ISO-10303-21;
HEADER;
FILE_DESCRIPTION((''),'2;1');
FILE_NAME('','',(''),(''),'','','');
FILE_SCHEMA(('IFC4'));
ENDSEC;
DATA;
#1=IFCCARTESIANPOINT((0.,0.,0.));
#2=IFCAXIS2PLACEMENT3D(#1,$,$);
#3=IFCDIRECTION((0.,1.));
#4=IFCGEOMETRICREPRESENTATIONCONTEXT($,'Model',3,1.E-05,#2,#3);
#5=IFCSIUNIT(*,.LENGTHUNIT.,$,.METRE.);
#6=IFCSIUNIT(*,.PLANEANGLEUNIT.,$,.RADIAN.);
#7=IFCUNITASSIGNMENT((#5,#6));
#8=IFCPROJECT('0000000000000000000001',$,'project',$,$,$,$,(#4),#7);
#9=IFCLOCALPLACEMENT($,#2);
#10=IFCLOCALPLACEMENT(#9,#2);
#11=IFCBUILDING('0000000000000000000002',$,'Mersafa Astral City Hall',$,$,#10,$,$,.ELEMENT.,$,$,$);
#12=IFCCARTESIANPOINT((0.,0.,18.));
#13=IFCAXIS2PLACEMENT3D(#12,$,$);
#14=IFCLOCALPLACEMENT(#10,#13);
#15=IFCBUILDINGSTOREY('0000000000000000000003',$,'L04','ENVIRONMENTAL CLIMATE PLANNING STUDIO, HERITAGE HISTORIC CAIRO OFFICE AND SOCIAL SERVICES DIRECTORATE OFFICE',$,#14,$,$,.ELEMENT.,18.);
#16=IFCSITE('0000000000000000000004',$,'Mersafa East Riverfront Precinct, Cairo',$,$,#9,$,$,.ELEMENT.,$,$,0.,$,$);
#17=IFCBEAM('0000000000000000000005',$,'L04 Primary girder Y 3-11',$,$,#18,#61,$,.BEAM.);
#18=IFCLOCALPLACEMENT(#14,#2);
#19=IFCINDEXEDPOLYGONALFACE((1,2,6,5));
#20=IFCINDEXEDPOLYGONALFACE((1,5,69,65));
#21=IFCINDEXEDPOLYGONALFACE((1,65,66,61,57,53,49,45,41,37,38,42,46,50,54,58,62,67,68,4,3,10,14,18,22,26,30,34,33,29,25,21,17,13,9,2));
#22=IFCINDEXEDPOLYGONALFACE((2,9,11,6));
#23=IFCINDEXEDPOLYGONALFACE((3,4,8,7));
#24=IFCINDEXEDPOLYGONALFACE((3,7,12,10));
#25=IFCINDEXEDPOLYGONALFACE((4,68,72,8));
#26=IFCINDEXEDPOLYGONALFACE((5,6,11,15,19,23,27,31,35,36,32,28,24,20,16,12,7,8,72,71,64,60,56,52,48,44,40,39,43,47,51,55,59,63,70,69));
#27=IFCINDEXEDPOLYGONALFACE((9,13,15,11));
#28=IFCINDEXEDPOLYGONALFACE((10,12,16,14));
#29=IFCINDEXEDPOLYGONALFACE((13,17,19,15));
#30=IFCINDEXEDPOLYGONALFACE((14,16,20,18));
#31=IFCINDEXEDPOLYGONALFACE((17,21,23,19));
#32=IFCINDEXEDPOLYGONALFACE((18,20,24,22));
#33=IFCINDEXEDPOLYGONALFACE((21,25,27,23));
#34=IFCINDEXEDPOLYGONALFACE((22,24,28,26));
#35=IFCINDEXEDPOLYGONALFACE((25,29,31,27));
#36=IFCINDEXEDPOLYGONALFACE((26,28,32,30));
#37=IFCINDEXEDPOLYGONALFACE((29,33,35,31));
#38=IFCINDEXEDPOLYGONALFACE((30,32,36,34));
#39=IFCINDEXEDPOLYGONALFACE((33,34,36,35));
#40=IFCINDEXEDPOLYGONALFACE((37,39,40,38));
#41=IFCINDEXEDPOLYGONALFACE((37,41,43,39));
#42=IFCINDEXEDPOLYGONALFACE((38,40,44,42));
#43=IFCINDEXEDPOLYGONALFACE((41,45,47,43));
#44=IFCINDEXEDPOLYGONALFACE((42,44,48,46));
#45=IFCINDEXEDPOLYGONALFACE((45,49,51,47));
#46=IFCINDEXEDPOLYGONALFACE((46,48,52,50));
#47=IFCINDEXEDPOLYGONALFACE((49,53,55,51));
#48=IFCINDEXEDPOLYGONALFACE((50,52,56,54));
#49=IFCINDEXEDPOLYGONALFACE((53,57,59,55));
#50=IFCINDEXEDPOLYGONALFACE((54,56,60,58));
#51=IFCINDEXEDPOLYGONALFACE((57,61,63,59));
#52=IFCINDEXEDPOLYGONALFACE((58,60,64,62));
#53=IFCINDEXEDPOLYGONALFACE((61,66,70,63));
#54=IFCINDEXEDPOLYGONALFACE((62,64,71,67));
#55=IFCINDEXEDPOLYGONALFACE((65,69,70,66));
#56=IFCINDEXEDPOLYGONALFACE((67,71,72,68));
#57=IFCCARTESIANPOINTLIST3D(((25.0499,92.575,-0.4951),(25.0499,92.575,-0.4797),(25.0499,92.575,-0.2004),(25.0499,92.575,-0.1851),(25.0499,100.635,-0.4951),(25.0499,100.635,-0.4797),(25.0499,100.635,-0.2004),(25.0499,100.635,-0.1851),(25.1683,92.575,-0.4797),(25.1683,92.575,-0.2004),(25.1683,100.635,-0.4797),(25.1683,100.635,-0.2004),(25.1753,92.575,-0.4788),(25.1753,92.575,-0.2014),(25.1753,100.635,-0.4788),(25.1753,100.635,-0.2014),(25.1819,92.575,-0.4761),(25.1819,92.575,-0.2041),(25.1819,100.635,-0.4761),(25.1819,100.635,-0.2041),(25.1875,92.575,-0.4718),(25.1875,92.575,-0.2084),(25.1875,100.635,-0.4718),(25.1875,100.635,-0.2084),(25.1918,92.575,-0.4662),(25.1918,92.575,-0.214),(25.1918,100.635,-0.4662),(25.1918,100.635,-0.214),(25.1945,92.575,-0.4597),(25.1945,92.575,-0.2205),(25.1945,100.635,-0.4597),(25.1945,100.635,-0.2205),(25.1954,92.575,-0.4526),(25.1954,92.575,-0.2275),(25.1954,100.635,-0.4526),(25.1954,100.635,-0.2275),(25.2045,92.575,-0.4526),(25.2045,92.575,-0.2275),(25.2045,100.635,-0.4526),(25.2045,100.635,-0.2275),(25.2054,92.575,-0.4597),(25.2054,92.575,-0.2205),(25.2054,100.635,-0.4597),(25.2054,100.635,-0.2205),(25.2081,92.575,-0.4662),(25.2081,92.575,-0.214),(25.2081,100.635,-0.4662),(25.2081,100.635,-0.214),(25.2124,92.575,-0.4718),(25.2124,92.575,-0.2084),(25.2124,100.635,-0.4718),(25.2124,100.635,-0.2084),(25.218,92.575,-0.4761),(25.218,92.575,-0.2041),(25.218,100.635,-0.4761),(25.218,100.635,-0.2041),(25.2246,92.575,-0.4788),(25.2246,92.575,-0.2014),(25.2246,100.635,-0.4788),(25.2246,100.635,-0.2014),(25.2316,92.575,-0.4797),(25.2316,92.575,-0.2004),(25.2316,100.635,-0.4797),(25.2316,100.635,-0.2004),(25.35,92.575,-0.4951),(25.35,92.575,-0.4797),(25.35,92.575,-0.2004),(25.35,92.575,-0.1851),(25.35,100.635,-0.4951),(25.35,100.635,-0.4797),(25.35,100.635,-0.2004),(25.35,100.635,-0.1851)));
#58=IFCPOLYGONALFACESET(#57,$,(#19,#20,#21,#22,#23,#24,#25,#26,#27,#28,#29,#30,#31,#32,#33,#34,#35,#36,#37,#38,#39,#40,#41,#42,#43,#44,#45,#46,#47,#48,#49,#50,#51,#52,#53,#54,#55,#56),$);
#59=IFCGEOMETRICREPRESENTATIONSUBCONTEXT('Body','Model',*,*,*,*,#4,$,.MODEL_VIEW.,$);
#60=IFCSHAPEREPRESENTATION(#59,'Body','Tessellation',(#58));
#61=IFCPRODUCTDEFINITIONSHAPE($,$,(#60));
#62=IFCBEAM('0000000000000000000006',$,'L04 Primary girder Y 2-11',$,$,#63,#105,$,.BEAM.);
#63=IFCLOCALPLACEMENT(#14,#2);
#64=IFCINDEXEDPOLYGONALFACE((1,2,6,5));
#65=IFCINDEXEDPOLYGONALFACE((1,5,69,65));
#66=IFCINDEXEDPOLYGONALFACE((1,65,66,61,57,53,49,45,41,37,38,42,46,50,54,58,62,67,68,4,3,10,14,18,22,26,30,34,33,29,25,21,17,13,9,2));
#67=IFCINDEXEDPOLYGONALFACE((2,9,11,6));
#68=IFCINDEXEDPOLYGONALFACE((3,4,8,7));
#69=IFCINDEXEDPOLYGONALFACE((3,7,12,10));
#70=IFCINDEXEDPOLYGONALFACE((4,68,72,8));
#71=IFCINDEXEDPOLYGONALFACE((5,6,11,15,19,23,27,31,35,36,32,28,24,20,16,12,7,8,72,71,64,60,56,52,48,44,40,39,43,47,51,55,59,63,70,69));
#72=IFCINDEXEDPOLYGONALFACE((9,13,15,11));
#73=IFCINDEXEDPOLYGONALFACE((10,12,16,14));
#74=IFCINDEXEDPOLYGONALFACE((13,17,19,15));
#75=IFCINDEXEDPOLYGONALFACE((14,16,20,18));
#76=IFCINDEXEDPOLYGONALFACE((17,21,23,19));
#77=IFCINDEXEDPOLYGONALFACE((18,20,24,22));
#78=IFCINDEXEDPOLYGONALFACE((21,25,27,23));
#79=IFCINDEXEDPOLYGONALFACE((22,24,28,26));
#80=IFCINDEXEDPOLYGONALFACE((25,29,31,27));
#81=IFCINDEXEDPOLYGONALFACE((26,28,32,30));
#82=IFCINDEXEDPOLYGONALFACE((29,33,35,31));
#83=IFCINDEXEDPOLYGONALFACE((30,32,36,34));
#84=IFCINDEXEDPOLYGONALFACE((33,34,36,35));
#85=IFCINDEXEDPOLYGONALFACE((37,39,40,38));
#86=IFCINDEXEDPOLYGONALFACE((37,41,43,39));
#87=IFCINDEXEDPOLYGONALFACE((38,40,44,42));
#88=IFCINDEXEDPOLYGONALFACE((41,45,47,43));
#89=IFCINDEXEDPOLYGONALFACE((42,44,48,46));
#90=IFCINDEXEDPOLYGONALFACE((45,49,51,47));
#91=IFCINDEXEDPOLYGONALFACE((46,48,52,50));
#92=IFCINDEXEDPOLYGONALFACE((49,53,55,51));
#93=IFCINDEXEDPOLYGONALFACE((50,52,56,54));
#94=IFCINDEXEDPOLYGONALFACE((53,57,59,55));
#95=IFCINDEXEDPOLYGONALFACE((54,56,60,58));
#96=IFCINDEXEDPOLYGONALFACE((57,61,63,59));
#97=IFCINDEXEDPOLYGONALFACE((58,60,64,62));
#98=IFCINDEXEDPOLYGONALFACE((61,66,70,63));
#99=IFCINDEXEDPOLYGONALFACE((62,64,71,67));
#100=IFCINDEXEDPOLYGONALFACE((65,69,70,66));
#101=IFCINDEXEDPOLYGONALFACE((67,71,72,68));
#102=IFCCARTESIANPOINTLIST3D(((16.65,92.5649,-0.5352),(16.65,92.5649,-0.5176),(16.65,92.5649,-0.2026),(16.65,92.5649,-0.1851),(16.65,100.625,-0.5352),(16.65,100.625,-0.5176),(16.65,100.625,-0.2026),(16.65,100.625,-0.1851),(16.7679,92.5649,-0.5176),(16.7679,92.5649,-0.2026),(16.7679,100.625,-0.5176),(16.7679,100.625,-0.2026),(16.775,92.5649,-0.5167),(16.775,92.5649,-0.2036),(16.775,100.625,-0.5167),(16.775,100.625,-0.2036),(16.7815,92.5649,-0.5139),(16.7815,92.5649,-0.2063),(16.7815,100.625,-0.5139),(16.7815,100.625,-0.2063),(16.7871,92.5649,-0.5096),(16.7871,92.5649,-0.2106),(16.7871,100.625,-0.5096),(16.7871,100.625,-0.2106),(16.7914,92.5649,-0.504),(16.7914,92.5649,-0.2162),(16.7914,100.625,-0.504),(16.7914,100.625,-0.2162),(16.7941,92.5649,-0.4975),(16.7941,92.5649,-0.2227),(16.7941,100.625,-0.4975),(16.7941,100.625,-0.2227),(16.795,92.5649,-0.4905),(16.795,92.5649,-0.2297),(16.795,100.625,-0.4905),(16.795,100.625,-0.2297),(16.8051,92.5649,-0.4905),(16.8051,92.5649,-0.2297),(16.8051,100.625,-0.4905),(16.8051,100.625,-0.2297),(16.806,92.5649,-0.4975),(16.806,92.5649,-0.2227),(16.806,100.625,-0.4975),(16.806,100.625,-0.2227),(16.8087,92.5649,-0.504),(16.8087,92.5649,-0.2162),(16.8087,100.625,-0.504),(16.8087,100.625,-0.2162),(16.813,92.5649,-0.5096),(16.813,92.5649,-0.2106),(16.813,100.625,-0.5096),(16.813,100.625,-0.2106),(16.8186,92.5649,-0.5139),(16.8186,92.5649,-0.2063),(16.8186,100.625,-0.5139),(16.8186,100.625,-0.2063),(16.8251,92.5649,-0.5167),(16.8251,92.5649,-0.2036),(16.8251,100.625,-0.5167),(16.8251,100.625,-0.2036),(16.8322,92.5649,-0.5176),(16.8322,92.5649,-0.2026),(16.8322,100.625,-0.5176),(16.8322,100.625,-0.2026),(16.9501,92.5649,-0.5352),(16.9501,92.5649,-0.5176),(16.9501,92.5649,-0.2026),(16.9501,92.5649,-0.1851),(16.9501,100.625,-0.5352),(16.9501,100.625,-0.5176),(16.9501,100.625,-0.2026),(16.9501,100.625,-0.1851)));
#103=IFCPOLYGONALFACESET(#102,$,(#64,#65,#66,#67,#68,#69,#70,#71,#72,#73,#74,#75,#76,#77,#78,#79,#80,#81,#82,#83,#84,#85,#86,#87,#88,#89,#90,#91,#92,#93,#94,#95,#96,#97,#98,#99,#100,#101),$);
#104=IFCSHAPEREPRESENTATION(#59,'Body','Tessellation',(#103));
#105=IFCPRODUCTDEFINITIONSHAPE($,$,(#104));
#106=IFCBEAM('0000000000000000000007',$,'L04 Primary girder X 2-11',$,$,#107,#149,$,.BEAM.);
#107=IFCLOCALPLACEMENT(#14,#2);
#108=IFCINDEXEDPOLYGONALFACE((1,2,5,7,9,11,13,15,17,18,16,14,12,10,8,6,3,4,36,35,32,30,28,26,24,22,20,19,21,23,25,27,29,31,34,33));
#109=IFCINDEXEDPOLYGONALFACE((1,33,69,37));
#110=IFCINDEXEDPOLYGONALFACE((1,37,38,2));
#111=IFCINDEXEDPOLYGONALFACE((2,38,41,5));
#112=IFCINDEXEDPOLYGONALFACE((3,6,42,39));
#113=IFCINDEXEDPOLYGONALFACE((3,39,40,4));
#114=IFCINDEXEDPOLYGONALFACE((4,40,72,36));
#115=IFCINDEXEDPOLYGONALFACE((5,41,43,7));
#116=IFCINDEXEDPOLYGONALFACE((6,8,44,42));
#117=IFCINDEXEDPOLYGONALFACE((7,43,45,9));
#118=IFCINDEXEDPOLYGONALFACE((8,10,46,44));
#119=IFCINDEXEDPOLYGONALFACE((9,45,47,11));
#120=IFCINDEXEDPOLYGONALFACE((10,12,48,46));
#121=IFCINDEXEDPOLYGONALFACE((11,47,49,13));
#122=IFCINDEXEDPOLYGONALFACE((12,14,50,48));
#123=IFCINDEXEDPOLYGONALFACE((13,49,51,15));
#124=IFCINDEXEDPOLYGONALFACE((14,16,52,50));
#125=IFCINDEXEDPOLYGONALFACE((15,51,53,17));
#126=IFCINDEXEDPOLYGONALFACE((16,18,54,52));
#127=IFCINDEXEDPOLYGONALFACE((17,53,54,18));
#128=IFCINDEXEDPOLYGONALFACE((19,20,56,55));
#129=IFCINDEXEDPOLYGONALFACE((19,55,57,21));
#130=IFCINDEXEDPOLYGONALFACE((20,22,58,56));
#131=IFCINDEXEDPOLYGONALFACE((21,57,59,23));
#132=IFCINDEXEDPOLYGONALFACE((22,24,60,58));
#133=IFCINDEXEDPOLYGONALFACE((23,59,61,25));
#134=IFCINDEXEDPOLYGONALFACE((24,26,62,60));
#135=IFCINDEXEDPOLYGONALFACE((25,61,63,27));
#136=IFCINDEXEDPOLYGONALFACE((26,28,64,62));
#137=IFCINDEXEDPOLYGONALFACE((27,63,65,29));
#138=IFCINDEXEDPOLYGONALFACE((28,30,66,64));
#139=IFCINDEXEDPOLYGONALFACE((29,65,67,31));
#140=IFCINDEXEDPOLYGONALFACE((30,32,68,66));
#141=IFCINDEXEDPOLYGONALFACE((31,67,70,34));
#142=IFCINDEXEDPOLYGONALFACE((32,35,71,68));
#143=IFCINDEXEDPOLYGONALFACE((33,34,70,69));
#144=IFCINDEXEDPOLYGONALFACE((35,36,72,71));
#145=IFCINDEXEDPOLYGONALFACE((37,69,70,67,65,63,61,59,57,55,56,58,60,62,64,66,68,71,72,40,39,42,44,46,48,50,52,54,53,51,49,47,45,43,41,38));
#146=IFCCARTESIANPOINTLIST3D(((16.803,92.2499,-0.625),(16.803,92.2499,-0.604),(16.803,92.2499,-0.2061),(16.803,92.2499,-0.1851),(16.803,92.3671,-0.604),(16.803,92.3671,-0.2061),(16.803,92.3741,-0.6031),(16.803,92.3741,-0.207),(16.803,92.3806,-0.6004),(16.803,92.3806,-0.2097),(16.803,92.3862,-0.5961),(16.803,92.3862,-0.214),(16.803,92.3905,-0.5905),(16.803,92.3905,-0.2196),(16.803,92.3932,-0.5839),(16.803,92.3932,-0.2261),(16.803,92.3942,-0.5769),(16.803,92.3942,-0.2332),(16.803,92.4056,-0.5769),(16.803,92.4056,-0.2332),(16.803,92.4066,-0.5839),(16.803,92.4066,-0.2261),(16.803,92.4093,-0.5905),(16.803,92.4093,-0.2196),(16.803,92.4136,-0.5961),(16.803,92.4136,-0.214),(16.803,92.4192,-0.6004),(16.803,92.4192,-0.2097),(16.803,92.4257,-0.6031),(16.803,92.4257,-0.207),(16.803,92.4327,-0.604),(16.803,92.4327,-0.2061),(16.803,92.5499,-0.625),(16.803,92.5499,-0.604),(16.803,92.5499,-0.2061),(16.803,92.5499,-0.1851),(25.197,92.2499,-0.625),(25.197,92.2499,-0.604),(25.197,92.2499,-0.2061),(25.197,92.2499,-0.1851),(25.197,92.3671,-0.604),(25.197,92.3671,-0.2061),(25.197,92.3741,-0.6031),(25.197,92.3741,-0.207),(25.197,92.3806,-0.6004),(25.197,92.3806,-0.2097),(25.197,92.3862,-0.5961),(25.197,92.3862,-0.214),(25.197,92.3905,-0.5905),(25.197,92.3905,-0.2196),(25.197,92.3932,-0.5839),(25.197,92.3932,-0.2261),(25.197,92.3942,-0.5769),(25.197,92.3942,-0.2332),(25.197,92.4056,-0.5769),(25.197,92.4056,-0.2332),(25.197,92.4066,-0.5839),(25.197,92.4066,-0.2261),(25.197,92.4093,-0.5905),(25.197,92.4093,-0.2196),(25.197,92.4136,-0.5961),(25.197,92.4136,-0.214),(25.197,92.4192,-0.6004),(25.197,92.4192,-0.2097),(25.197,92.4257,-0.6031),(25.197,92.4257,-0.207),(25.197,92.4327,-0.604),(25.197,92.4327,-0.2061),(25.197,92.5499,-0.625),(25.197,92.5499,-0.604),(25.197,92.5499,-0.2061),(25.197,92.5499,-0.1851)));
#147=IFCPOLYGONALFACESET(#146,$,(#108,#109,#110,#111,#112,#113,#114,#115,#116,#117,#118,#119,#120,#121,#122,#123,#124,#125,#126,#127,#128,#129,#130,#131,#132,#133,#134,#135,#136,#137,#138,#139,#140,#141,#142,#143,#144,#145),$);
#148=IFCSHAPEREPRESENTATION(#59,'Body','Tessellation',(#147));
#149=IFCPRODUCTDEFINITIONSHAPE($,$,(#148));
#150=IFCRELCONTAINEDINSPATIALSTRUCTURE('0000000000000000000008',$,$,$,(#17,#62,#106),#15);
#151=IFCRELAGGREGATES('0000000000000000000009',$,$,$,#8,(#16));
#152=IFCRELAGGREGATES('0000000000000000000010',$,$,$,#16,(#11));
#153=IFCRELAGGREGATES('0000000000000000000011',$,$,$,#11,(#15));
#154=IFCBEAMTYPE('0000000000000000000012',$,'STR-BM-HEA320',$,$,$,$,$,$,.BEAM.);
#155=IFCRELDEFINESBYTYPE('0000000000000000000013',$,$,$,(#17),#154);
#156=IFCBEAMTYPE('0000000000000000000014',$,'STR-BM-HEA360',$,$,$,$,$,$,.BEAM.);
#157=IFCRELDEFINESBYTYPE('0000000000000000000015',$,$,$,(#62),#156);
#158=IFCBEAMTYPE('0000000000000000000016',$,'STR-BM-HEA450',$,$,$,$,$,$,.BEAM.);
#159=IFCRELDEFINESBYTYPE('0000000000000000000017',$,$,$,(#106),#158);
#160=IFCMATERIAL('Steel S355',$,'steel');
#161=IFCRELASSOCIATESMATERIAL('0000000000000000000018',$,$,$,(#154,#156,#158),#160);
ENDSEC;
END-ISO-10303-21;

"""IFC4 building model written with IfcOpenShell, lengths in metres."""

from ifc_helpers import new_model, si_unit, direction, frame, origin, origin_2d, place, context, subcontext, project, spatial, i_section, extrude, material, material_profile, profile_set, type_object, element, save


model = new_model("IFC4")

# Units and contexts
model_context = context("Model", 3, precision=1e-05, world=origin(), true_north=direction((0.0, 1.0)))
body_context = subcontext(model_context, "Body", "Model", "MODEL_VIEW")
ifc_project = project(units=[si_unit("LENGTHUNIT", "METRE"), si_unit("PLANEANGLEUNIT", "RADIAN")], contexts=[model_context])

# Site, building, storey
site_placement = place(None, origin())
site = spatial("IfcSite", under=ifc_project, at=site_placement, Name="Mersafa East Riverfront Precinct, Cairo", CompositionType="ELEMENT", RefElevation=0.0)
building_placement = place(site_placement, origin())
building = spatial("IfcBuilding", under=site, at=building_placement, Name="Mersafa Astral City Hall", CompositionType="ELEMENT")
storey_placement = place(building_placement, frame((0.0, 0.0, 18.0)))
storey = spatial("IfcBuildingStorey", under=building, at=storey_placement, Name="L04", Description="ENVIRONMENTAL CLIMATE PLANNING STUDIO, HERITAGE HISTORIC CAIRO OFFICE AND SOCIAL SERVICES DIRECTORATE OFFICE", CompositionType="ELEMENT", Elevation=18.0)

# Shared definitions
ifc_material_1 = material(Name="Steel S355", Category="steel")

# Beams
ifc_material_profile_1 = material_profile(ifc_material_1, i_section(OverallWidth=0.3, OverallDepth=0.3101, WebThickness=0.009, FlangeThickness=0.0154, FilletRadius=0.0271, at=origin_2d()), Name="HEA 320")
ifc_profile_set_1 = profile_set([ifc_material_profile_1], Name="Steel S355")
beam_type_1 = type_object("IfcBeamType", Name="STR-BM-HEA320", PredefinedType="BEAM", material=ifc_profile_set_1)
beam_1_placement = place(storey_placement, frame((25.2, 92.575, -0.3401), z_axis=(0.0, 1.0, 0.0), x_axis=(-1.0, 0.0, 0.0)))
element("IfcBeam", 1, at=beam_1_placement, inside=storey, type_object=beam_type_1, Name="L04 Primary girder Y 3-11", PredefinedType="BEAM", context=body_context, shape_type="SweptSolid", body=[
    extrude(i_section(OverallWidth=0.3, OverallDepth=0.3101, WebThickness=0.009, FlangeThickness=0.0154, FilletRadius=0.0271, at=origin_2d()), origin(), (0.0, 0.0, 1.0), 8.0601),
])
ifc_material_profile_2 = material_profile(ifc_material_1, i_section(OverallWidth=0.3, OverallDepth=0.3501, WebThickness=0.01, FlangeThickness=0.0176, FilletRadius=0.0271, at=origin_2d()), Name="HEA 360")
ifc_profile_set_2 = profile_set([ifc_material_profile_2], Name="Steel S355")
beam_type_2 = type_object("IfcBeamType", Name="STR-BM-HEA360", PredefinedType="BEAM", material=ifc_profile_set_2)
beam_2_placement = place(storey_placement, frame((16.8, 92.5649, -0.3601), z_axis=(0.0, 1.0, 0.0), x_axis=(-1.0, 0.0, 0.0)))
element("IfcBeam", 2, at=beam_2_placement, inside=storey, type_object=beam_type_2, Name="L04 Primary girder Y 2-11", PredefinedType="BEAM", context=body_context, shape_type="SweptSolid", body=[
    extrude(i_section(OverallWidth=0.3, OverallDepth=0.3501, WebThickness=0.01, FlangeThickness=0.0176, FilletRadius=0.0271, at=origin_2d()), origin(), (0.0, 0.0, 1.0), 8.0601),
])
ifc_material_profile_3 = material_profile(ifc_material_1, i_section(OverallWidth=0.3, OverallDepth=0.4399, WebThickness=0.0115, FlangeThickness=0.021, FilletRadius=0.0271, at=origin_2d()), Name="HEA 450")
ifc_profile_set_3 = profile_set([ifc_material_profile_3], Name="Steel S355")
beam_type_3 = type_object("IfcBeamType", Name="STR-BM-HEA450", PredefinedType="BEAM", material=ifc_profile_set_3)
beam_3_placement = place(storey_placement, frame((16.803, 92.3999, -0.405), z_axis=(1.0, 0.0, 0.0), x_axis=(0.0, 1.0, 0.0)))
element("IfcBeam", 3, at=beam_3_placement, inside=storey, type_object=beam_type_3, Name="L04 Primary girder X 2-11", PredefinedType="BEAM", context=body_context, shape_type="SweptSolid", body=[
    extrude(i_section(OverallWidth=0.3, OverallDepth=0.4399, WebThickness=0.0115, FlangeThickness=0.021, FilletRadius=0.0271, at=origin_2d()), origin(), (0.0, 0.0, 1.0), 8.394),
])

save(model, "model.ifc")
